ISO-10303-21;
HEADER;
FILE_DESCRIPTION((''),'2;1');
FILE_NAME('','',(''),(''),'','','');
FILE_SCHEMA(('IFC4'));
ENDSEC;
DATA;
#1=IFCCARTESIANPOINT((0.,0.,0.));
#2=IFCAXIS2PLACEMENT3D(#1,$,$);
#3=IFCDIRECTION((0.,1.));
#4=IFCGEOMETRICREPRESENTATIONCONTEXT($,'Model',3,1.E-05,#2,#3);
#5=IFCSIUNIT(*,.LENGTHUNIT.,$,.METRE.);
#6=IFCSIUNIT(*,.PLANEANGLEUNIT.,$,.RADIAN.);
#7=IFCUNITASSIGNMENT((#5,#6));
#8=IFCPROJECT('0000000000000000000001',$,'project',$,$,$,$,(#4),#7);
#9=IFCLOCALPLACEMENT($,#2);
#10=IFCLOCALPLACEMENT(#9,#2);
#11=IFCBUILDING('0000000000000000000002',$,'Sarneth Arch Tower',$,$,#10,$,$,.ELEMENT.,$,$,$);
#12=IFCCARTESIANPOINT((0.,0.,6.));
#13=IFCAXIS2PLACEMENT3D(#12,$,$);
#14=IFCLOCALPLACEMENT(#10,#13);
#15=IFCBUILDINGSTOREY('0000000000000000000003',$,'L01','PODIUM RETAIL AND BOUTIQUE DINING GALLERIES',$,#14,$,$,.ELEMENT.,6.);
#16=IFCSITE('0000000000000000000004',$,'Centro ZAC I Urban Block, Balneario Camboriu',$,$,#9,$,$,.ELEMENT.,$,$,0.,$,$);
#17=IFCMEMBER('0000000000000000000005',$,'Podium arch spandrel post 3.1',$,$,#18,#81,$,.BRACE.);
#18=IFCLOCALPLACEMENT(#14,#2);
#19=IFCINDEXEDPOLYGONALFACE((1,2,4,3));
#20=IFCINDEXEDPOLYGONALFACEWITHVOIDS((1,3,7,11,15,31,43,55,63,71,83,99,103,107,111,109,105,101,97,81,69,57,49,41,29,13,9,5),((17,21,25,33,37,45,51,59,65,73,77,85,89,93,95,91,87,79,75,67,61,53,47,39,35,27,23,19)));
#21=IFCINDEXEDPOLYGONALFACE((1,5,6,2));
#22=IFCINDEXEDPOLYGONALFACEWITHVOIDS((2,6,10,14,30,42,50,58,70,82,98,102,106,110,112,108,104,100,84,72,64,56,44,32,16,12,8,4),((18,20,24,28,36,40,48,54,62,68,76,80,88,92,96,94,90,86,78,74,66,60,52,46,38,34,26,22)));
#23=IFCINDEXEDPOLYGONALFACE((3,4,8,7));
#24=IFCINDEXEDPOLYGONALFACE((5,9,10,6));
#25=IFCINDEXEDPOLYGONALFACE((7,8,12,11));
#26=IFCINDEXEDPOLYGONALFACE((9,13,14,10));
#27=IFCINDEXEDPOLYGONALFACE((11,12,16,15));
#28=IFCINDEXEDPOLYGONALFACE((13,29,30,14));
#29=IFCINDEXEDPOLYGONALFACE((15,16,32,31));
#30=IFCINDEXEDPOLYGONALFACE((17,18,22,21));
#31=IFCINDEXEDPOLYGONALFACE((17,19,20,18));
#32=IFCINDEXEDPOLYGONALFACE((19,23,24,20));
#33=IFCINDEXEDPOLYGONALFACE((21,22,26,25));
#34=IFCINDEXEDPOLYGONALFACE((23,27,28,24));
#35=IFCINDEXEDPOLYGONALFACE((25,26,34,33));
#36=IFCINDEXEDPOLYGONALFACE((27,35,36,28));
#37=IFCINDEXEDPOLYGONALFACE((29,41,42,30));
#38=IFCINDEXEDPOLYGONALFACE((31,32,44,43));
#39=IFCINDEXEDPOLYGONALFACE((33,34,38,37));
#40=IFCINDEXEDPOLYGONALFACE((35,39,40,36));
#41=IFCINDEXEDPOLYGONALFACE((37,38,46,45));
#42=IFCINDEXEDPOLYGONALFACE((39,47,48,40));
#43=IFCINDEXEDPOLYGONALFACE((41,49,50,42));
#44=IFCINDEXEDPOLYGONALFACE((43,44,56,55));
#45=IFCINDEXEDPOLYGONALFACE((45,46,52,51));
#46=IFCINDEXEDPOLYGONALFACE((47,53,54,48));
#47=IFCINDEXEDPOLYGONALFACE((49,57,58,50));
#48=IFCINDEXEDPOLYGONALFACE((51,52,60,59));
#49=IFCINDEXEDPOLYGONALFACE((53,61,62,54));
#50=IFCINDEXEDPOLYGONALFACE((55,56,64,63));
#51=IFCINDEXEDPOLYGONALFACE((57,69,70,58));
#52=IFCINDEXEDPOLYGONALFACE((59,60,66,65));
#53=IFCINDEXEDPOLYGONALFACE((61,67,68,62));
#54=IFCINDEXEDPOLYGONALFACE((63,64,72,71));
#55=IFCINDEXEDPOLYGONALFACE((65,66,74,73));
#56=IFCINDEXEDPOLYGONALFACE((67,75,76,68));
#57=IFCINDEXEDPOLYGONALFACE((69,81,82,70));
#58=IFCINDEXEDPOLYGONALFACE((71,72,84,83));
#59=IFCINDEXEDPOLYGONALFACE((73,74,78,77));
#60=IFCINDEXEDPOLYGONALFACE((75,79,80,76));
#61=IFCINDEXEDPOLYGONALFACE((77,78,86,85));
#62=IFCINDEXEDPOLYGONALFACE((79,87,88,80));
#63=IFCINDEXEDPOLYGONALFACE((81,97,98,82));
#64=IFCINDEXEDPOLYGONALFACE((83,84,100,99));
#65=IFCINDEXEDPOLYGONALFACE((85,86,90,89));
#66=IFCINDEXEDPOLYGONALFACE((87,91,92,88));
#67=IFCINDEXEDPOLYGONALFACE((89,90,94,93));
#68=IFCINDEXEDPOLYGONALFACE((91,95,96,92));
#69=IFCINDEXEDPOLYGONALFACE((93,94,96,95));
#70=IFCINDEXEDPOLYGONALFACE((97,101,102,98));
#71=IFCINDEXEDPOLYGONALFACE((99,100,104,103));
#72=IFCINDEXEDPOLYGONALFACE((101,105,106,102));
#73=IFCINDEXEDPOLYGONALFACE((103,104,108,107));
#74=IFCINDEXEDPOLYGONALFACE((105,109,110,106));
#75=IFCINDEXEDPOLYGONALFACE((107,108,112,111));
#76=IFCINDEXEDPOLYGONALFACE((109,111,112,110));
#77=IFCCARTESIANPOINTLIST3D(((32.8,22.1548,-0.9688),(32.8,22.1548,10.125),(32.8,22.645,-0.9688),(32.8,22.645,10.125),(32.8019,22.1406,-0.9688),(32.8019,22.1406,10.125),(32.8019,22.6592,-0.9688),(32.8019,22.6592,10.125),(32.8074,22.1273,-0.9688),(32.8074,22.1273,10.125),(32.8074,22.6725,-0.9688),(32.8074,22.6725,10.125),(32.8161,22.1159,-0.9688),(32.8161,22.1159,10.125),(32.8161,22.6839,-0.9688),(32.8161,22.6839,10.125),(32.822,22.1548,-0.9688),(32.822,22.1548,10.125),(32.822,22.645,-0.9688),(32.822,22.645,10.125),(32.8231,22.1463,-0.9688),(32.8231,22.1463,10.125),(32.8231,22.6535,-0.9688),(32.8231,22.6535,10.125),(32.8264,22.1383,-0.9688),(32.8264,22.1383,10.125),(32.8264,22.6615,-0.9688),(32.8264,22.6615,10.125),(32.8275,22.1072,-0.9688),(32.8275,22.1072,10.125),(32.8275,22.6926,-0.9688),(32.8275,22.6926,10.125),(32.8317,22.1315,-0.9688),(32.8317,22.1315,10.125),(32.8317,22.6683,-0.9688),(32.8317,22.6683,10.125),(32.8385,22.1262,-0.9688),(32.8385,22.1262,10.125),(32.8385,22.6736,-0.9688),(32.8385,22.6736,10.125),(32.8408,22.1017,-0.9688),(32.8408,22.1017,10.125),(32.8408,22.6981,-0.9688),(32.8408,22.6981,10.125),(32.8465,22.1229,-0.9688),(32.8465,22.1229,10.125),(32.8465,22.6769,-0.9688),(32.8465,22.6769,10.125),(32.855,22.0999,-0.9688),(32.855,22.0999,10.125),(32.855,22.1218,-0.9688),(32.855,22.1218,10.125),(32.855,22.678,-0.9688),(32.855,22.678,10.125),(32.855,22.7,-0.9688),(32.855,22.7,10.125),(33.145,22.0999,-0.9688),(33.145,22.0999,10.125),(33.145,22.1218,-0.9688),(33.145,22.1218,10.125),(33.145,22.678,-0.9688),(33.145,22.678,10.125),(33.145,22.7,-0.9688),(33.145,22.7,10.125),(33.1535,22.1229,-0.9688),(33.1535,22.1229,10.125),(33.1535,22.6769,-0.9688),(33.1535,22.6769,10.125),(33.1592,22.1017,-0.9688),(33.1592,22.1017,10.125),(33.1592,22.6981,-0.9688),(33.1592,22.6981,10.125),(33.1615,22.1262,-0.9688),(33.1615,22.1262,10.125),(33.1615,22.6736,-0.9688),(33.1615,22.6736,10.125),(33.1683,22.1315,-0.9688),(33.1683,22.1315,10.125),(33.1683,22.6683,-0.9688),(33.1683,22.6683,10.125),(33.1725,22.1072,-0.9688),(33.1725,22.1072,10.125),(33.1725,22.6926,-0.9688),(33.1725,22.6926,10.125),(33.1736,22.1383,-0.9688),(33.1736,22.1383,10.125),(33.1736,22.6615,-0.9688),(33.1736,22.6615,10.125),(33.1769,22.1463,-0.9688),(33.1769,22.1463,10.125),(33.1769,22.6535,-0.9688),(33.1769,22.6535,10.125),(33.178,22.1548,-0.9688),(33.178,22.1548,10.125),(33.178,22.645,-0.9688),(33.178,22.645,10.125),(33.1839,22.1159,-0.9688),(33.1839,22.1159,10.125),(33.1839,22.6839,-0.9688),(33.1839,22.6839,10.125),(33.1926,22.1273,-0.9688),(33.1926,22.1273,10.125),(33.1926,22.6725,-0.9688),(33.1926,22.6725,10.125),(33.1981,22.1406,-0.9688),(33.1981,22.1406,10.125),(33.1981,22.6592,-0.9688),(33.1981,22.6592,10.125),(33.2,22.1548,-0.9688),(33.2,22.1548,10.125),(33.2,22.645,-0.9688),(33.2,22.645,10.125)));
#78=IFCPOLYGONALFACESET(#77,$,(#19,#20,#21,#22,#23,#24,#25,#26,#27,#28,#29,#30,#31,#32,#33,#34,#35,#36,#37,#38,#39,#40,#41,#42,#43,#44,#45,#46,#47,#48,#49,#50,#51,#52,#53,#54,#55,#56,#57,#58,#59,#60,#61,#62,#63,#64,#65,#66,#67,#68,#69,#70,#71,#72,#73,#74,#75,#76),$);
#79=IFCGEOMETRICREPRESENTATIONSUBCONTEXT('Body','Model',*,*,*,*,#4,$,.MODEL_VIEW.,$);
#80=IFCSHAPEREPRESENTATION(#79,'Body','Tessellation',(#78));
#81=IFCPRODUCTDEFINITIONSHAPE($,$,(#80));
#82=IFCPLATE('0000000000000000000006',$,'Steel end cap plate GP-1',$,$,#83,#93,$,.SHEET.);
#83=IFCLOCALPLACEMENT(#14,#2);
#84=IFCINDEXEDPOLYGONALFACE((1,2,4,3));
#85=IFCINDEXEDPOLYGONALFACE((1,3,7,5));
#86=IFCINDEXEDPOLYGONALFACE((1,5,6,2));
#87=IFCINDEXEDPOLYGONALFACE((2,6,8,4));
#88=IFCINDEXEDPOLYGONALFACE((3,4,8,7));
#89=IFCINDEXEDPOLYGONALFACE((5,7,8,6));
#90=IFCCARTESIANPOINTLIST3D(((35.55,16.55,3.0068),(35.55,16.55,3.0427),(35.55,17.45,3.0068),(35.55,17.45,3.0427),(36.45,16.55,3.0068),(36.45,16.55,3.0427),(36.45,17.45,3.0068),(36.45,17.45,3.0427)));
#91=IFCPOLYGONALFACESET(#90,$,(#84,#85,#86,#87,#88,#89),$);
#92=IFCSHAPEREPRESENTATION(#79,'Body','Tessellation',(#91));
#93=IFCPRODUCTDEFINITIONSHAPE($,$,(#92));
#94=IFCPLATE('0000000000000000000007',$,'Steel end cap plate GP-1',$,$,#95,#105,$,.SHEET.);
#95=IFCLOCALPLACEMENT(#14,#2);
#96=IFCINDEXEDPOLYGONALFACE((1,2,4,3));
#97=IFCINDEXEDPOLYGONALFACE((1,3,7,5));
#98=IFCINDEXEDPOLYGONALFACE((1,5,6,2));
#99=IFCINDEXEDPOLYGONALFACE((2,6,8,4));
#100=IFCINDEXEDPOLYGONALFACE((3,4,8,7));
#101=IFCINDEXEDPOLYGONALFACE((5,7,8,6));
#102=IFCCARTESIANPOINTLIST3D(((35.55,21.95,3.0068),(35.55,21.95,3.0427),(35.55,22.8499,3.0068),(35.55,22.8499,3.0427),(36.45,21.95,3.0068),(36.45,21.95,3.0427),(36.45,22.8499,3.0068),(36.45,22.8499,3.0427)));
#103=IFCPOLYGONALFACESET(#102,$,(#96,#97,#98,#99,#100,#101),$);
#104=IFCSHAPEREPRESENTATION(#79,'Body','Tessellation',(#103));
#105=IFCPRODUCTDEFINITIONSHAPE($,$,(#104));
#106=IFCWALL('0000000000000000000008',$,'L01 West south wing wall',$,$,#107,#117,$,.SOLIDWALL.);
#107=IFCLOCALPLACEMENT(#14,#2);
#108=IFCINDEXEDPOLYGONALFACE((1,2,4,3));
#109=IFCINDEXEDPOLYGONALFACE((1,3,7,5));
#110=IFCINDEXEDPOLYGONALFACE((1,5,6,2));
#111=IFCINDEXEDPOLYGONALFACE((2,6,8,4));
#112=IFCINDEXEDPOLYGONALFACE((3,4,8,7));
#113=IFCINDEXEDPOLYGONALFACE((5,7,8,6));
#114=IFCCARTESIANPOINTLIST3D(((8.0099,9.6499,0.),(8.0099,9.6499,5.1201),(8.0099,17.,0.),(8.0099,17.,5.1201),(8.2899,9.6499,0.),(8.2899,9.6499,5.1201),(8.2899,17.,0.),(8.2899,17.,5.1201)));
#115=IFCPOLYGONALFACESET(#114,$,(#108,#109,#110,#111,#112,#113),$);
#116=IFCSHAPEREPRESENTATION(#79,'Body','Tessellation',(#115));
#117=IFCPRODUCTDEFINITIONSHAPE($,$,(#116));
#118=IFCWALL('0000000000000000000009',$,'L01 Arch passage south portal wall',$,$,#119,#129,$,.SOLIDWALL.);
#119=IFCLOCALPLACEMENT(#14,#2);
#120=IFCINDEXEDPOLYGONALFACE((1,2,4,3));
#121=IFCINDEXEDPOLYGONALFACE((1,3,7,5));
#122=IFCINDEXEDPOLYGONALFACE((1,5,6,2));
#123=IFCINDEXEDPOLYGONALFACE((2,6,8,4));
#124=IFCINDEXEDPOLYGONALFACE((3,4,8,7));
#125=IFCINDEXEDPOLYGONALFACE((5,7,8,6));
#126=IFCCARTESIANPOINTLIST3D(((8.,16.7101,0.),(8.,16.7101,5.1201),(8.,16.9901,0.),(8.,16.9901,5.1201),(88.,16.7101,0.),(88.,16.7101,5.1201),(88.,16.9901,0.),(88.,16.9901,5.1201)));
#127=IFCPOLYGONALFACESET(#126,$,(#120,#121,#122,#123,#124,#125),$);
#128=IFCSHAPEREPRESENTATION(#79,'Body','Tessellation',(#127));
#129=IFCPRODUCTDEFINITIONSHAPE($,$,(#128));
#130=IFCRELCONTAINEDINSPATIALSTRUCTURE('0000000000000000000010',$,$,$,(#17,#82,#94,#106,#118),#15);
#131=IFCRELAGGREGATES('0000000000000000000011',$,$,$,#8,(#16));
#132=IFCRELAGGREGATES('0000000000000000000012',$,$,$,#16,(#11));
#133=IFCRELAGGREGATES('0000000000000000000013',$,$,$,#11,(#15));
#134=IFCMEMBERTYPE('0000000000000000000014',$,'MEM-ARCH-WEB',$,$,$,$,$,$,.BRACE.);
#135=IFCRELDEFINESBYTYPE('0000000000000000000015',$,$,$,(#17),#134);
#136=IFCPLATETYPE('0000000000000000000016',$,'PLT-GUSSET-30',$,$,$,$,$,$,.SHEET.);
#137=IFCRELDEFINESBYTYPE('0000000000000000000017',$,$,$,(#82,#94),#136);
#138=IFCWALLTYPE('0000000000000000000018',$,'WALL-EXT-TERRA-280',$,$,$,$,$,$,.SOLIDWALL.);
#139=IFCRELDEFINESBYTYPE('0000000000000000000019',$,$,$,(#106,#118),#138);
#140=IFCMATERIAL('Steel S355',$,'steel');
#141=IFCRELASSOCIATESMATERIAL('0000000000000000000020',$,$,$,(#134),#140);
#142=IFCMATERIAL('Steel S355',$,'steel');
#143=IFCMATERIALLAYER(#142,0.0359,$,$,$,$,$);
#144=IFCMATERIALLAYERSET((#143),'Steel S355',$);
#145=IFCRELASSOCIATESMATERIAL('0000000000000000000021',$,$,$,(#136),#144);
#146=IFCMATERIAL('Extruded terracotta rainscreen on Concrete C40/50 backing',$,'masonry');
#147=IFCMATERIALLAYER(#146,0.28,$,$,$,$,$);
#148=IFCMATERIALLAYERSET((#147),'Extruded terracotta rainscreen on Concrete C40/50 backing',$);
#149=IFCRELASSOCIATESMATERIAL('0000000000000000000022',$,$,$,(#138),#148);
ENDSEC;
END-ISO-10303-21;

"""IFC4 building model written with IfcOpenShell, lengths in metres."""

from ifc_helpers import new_model, si_unit, direction, frame, frame_2d, origin, origin_2d, place, context, subcontext, project, spatial, rectangle, hollow_rectangle, extrude, material, layer, layer_set, material_profile, profile_set, type_object, element, save


model = new_model("IFC4")

# Units and contexts
model_context = context("Model", 3, precision=1e-05, world=origin(), true_north=direction((0.0, 1.0)))
body_context = subcontext(model_context, "Body", "Model", "MODEL_VIEW")
ifc_project = project(units=[si_unit("LENGTHUNIT", "METRE"), si_unit("PLANEANGLEUNIT", "RADIAN")], contexts=[model_context])

# Site, building, storey
site_placement = place(None, origin())
site = spatial("IfcSite", under=ifc_project, at=site_placement, Name="Centro ZAC I Urban Block, Balneario Camboriu", CompositionType="ELEMENT", RefElevation=0.0)
building_placement = place(site_placement, origin())
building = spatial("IfcBuilding", under=site, at=building_placement, Name="Sarneth Arch Tower", CompositionType="ELEMENT")
storey_placement = place(building_placement, frame((0.0, 0.0, 6.0)))
storey = spatial("IfcBuildingStorey", under=building, at=storey_placement, Name="L01", Description="PODIUM RETAIL AND BOUTIQUE DINING GALLERIES", CompositionType="ELEMENT", Elevation=6.0)

# Member
ifc_material_1 = material(Name="Steel S355", Category="steel")
ifc_material_profile_1 = material_profile(ifc_material_1, hollow_rectangle(XDim=0.3999, YDim=0.6001, WallThickness=0.022, InnerFilletRadius=0.033, OuterFilletRadius=0.0549, at=origin_2d()), Name="RHS600x400x22")
ifc_profile_set_1 = profile_set([ifc_material_profile_1], Name="Steel S355")
member_type_1 = type_object("IfcMemberType", Name="MEM-ARCH-WEB", PredefinedType="BRACE", material=ifc_profile_set_1)
for number, where, z_axis, x_axis, name in (
    (1, (33.0, 22.3999, -0.9688), (0.0, 0.0, 1.0), (1.0, 0.0, 0.0), "Podium arch spandrel post 3.1"),
):
    element("IfcMember", number, at=place(storey_placement, frame(where, z_axis=z_axis, x_axis=x_axis)), inside=storey, type_object=member_type_1, Name=name, PredefinedType="BRACE", context=body_context, shape_type="SweptSolid", body=[
        extrude(hollow_rectangle(XDim=0.3999, YDim=0.6001, WallThickness=0.022, InnerFilletRadius=0.033, OuterFilletRadius=0.0549, at=origin_2d()), origin(), (0.0, 0.0, 1.0), 11.0938),
    ])

# Plates
ifc_material_2 = material(Name="Steel S355", Category="steel")
ifc_layer_1 = layer(ifc_material_2, 0.0359)
ifc_layer_set_1 = layer_set([ifc_layer_1], Name="Steel S355")
plate_type = type_object("IfcPlateType", Name="PLT-GUSSET-30", PredefinedType="SHEET", material=ifc_layer_set_1)
for number, where, z_axis, x_axis, name in (
    (2, (36.0, 17.0, 3.0068), (0.0, 0.0, 1.0), (-1.0, 0.0, 0.0), "Steel end cap plate GP-1"),
    (3, (36.0, 22.3999, 3.0068), (0.0, 0.0, 1.0), (-1.0, 0.0, 0.0), "Steel end cap plate GP-1"),
):
    element("IfcPlate", number, at=place(storey_placement, frame(where, z_axis=z_axis, x_axis=x_axis)), inside=storey, type_object=plate_type, Name=name, PredefinedType="SHEET", context=body_context, shape_type="SweptSolid", body=[
        extrude(rectangle(XDim=0.8999, YDim=0.8999, at=origin_2d()), origin(), (0.0, 0.0, 1.0), 0.0359),
    ])

# Walls
ifc_material_3 = material(Name="Extruded terracotta rainscreen on Concrete C40/50 backing", Category="masonry")
ifc_layer_2 = layer(ifc_material_3, 0.28)
ifc_layer_set_2 = layer_set([ifc_layer_2], Name="Extruded terracotta rainscreen on Concrete C40/50 backing")
wall_type = type_object("IfcWallType", Name="WALL-EXT-TERRA-280", PredefinedType="SOLIDWALL", material=ifc_layer_set_2)
wall_1_placement = place(storey_placement, frame((8.1499, 17.0, 0.0), z_axis=(0.0, 0.0, 1.0), x_axis=(0.0, -1.0, 0.0)))
element("IfcWall", 4, at=wall_1_placement, inside=storey, type_object=wall_type, Name="L01 West south wing wall", PredefinedType="SOLIDWALL", context=body_context, shape_type="SweptSolid", body=[
    extrude(rectangle(XDim=7.3501, YDim=0.28, at=frame_2d((3.675, 0.0))), origin(), (0.0, 0.0, 1.0), 5.1201),
])
wall_2_placement = place(storey_placement, frame((8.0, 16.8501, 0.0), z_axis=(0.0, 0.0, 1.0), x_axis=(1.0, 0.0, 0.0)))
element("IfcWall", 5, at=wall_2_placement, inside=storey, type_object=wall_type, Name="L01 Arch passage south portal wall", PredefinedType="SOLIDWALL", context=body_context, shape_type="SweptSolid", body=[
    extrude(rectangle(XDim=80.0, YDim=0.28, at=frame_2d((40.0, 0.0))), origin(), (0.0, 0.0, 1.0), 5.1201),
])

save(model, "model.ifc")
